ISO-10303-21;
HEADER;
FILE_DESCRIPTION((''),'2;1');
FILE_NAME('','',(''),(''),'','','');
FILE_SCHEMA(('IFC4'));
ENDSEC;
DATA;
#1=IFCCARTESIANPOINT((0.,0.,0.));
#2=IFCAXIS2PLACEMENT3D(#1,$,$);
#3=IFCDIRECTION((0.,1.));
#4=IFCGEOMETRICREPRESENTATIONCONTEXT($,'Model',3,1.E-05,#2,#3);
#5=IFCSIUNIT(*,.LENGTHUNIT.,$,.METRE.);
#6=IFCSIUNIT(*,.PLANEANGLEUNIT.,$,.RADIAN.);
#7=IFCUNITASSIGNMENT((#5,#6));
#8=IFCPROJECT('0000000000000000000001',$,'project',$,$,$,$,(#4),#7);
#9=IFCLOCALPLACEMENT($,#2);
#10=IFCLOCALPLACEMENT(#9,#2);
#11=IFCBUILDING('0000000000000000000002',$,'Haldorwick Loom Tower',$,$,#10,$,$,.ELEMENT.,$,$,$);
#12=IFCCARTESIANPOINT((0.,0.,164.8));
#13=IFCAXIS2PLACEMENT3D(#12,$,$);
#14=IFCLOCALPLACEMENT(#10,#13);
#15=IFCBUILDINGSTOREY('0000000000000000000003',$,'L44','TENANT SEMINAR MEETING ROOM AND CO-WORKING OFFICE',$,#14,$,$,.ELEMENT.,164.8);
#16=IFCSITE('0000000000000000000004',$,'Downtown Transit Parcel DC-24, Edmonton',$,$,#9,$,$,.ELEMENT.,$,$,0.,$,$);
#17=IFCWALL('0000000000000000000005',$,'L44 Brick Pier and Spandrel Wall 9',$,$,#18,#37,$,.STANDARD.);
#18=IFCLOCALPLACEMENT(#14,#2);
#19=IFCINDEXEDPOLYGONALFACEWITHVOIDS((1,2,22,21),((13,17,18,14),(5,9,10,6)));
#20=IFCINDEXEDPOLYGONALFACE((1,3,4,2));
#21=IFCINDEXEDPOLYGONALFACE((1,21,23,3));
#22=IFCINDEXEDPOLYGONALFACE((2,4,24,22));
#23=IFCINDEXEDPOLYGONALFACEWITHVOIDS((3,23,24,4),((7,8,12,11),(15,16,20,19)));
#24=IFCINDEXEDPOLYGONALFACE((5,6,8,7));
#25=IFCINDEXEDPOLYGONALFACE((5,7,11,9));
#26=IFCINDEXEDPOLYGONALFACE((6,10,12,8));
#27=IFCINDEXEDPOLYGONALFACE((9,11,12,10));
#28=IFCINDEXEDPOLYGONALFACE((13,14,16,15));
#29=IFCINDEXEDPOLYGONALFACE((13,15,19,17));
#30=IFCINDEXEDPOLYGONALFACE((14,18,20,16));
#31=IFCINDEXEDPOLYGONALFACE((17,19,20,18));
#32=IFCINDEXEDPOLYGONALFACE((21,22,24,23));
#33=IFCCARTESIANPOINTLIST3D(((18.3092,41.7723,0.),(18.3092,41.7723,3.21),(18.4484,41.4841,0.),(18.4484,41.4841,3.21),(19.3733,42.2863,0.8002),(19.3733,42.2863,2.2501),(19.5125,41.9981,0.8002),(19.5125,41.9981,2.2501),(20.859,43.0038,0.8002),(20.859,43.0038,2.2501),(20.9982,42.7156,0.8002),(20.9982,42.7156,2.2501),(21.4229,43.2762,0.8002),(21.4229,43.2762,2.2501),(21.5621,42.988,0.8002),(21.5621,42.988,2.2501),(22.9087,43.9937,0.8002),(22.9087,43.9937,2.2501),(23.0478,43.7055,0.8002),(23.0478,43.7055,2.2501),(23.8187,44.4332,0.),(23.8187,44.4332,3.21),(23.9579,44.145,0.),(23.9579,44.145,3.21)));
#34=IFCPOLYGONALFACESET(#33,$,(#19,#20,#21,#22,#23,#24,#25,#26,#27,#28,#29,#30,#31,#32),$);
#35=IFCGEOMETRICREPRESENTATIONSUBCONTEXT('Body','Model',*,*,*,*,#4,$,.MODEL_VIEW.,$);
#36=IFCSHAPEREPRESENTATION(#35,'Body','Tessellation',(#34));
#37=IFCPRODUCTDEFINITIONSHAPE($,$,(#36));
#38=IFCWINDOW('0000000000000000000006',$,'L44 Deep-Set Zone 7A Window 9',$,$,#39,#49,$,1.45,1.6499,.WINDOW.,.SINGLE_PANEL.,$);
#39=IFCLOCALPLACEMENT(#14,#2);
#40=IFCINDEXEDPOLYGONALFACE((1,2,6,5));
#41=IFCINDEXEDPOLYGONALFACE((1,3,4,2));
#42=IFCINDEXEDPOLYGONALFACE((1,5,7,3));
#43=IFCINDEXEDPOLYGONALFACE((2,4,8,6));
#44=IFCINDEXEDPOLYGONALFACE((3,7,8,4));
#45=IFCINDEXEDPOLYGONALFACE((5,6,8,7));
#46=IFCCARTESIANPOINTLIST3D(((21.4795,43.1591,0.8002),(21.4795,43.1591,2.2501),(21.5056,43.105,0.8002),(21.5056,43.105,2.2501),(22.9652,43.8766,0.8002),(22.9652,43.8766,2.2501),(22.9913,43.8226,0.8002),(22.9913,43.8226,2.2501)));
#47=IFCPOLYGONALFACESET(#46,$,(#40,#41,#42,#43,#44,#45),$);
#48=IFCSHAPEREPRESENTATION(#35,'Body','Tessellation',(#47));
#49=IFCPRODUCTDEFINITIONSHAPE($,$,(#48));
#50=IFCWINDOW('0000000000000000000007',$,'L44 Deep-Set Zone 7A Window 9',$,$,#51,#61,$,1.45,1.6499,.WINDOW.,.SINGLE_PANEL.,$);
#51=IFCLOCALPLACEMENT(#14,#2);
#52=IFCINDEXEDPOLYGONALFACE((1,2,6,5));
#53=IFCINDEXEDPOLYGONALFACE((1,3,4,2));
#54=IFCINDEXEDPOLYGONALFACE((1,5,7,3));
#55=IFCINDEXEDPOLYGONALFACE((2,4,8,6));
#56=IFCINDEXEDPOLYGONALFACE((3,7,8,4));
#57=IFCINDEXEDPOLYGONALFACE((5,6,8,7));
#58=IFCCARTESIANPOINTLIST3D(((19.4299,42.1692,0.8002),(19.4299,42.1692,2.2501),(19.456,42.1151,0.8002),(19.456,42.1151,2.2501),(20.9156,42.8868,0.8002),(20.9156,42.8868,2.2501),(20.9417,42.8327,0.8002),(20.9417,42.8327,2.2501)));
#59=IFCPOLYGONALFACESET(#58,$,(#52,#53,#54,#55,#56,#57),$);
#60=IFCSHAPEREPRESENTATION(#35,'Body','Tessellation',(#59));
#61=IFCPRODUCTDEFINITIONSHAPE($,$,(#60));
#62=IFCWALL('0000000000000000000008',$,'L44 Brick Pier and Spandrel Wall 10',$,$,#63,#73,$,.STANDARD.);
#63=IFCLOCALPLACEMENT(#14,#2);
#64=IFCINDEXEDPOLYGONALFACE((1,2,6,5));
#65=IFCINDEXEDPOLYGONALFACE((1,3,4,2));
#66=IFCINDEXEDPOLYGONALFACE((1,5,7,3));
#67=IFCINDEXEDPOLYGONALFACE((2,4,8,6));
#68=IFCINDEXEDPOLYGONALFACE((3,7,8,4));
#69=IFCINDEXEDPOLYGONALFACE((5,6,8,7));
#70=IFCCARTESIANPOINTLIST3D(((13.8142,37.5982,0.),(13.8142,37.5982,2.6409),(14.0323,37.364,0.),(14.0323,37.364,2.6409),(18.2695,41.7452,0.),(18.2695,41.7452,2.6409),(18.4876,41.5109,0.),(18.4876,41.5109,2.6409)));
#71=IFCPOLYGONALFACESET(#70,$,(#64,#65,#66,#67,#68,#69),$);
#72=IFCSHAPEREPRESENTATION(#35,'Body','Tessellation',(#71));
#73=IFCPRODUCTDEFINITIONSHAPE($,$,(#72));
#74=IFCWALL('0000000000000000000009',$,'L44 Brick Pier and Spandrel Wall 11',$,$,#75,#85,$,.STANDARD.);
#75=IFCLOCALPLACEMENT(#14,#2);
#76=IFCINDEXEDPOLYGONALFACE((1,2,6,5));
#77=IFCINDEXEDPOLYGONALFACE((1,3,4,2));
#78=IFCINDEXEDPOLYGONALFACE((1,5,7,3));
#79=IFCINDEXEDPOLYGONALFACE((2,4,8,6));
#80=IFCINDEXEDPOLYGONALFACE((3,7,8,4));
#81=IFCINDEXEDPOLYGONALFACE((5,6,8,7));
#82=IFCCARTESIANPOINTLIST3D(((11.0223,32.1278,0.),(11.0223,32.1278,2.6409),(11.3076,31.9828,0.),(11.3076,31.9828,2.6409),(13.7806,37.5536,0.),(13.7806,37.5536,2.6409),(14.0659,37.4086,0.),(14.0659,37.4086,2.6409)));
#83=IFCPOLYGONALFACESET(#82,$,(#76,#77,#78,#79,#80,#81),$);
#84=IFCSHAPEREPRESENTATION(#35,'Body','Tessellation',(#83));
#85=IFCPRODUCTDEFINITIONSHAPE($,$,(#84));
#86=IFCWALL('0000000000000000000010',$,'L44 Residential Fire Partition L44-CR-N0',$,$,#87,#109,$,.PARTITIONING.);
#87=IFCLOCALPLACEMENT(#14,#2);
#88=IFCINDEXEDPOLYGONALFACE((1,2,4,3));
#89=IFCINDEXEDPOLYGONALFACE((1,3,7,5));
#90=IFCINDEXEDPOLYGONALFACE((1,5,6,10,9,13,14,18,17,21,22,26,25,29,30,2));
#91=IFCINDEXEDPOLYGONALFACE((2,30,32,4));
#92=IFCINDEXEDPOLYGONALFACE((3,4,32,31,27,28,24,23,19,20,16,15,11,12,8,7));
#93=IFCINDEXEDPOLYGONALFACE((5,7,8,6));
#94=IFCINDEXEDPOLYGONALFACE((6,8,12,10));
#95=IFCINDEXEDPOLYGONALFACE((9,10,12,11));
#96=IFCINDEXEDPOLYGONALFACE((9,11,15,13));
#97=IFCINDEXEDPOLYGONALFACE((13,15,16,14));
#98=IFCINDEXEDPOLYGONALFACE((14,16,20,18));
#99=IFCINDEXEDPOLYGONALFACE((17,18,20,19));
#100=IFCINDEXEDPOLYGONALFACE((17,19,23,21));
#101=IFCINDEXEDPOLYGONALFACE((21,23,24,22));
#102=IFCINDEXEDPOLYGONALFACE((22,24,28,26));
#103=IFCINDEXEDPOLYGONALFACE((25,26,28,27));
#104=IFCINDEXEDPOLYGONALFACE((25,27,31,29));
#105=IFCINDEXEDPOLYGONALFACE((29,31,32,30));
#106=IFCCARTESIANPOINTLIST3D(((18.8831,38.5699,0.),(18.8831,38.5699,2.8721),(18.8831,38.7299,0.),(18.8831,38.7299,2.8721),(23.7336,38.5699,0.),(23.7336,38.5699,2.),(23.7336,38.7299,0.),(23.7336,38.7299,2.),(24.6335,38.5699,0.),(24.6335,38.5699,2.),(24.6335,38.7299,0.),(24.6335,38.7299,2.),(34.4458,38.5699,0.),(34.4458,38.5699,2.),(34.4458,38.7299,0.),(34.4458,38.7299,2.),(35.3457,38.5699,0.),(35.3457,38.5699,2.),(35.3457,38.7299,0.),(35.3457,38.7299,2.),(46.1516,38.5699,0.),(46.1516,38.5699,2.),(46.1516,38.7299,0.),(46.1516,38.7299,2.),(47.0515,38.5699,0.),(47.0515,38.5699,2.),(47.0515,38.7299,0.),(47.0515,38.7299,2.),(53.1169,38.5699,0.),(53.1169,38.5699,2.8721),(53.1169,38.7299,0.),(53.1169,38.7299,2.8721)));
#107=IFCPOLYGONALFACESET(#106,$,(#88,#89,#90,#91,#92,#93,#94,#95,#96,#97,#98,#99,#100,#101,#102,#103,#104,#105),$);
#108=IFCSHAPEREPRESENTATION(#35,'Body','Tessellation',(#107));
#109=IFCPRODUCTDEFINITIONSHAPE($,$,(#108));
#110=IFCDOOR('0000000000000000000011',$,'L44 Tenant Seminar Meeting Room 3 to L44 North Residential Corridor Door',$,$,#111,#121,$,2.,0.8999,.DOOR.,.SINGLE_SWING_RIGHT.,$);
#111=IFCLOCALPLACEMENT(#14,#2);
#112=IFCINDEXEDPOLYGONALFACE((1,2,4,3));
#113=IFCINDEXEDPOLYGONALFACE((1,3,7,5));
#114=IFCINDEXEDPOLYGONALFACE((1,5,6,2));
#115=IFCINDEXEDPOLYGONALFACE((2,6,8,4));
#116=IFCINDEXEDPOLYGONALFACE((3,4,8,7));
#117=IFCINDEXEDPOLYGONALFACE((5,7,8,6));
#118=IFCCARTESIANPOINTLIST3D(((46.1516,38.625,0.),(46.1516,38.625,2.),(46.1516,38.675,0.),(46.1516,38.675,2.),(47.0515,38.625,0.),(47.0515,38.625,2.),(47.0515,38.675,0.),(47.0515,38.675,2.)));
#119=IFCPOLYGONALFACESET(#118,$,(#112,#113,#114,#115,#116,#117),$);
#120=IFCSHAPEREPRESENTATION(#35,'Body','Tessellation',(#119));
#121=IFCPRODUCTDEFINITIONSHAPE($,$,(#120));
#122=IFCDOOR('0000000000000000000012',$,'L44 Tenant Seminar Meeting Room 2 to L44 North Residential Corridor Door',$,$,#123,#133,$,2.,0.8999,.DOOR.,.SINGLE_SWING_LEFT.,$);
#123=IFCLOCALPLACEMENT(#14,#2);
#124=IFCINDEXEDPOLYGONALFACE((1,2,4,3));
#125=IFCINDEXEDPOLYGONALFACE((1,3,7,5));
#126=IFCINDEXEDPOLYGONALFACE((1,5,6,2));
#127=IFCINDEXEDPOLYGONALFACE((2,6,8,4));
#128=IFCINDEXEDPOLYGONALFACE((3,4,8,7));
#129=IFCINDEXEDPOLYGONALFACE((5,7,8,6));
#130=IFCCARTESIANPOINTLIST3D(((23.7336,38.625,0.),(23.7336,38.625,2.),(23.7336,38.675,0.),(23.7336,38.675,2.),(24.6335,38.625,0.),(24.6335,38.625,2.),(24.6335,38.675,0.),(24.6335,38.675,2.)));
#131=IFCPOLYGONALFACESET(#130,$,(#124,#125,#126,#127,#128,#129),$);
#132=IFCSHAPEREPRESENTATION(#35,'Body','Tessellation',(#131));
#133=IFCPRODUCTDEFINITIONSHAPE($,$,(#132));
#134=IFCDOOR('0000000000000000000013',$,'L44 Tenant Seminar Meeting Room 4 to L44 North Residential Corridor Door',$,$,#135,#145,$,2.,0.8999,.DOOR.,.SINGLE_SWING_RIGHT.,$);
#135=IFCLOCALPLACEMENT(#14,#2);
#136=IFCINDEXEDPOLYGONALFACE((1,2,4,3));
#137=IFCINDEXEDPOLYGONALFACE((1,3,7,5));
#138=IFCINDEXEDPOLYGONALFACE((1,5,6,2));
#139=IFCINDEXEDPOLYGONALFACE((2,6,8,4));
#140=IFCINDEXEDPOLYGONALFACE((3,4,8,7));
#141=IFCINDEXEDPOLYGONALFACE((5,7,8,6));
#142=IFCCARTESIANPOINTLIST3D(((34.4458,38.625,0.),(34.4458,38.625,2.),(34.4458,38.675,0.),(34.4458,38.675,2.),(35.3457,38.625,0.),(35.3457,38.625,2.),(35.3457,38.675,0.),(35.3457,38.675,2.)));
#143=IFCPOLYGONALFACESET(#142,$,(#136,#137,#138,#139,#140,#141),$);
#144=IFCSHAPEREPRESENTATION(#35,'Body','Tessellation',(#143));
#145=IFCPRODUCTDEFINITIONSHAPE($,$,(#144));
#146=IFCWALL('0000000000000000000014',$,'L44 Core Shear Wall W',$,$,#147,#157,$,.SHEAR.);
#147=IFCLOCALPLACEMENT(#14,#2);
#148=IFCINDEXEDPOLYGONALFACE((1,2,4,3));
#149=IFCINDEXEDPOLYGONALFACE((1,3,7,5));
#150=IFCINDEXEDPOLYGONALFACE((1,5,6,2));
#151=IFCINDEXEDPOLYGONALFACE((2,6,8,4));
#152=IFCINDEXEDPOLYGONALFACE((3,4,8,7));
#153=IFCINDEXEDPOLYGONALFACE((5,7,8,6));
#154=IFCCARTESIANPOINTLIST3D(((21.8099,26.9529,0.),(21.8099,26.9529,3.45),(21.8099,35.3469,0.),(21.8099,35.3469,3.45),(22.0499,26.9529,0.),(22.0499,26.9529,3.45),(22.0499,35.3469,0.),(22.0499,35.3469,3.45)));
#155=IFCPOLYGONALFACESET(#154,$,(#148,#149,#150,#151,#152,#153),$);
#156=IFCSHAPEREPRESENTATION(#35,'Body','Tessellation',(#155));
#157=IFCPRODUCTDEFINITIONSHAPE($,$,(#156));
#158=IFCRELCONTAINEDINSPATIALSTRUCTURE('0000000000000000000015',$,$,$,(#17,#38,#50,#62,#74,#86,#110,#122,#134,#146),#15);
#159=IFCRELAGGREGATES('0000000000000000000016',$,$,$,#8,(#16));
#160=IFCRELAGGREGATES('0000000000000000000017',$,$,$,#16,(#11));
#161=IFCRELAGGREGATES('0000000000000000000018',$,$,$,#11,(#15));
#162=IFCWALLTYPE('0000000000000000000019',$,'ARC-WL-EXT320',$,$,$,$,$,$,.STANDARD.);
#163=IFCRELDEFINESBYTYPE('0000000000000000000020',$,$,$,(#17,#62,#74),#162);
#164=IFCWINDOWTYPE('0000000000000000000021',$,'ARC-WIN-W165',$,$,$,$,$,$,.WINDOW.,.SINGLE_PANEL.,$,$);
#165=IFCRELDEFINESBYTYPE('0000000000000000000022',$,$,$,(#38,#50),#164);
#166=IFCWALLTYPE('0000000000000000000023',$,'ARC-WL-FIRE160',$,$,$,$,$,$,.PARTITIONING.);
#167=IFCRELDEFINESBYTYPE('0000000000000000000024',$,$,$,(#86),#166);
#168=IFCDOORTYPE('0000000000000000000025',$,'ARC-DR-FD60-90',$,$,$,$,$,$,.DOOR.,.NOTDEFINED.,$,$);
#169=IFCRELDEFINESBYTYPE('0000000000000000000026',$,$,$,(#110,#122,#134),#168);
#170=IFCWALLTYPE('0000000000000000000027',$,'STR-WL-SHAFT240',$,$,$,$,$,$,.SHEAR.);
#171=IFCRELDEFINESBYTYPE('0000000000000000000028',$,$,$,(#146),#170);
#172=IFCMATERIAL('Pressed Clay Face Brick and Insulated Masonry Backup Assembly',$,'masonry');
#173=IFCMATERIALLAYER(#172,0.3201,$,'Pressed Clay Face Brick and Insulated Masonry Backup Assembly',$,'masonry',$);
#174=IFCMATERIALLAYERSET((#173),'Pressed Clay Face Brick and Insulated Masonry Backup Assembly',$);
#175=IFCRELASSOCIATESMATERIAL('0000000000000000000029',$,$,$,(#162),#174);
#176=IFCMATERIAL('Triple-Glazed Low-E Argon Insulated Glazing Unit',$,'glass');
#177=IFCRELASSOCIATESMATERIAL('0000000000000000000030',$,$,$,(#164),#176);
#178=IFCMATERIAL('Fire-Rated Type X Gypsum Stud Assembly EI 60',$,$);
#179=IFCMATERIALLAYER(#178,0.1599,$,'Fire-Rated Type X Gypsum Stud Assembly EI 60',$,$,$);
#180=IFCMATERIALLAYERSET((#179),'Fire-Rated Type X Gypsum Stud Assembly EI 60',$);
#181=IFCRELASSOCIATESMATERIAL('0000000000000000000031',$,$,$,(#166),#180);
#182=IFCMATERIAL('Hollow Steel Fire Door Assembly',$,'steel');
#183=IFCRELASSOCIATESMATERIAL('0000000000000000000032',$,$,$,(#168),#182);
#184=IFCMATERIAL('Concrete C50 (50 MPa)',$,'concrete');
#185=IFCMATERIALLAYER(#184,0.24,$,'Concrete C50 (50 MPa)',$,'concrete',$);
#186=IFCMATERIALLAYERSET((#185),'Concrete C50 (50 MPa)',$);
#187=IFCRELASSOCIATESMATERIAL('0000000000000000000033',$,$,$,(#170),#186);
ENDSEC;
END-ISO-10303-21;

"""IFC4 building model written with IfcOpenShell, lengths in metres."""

from ifc_helpers import new_model, si_unit, direction, frame, frame_2d, origin, place, context, subcontext, project, spatial, rectangle, extrude, material, layer, layer_set, type_object, element, fill, save


model = new_model("IFC4")

# Units and contexts
model_context = context("Model", 3, precision=1e-05, world=origin(), true_north=direction((0.0, 1.0)))
body_context = subcontext(model_context, "Body", "Model", "MODEL_VIEW")
ifc_project = project(units=[si_unit("LENGTHUNIT", "METRE"), si_unit("PLANEANGLEUNIT", "RADIAN")], contexts=[model_context])

# Site, building, storey
site_placement = place(None, origin())
site = spatial("IfcSite", under=ifc_project, at=site_placement, Name="Downtown Transit Parcel DC-24, Edmonton", CompositionType="ELEMENT", RefElevation=0.0)
building_placement = place(site_placement, origin())
building = spatial("IfcBuilding", under=site, at=building_placement, Name="Haldorwick Loom Tower", CompositionType="ELEMENT")
storey_placement = place(building_placement, frame((0.0, 0.0, 164.8)))
storey = spatial("IfcBuildingStorey", under=building, at=storey_placement, Name="L44", Description="TENANT SEMINAR MEETING ROOM AND CO-WORKING OFFICE", CompositionType="ELEMENT", Elevation=164.8)

# Wall, openings, windows
ifc_material_1 = material(Name="Pressed Clay Face Brick and Insulated Masonry Backup Assembly", Category="masonry")
ifc_layer_1 = layer(ifc_material_1, 0.3201, Name="Pressed Clay Face Brick and Insulated Masonry Backup Assembly", Category="masonry")
ifc_layer_set_1 = layer_set([ifc_layer_1], Name="Pressed Clay Face Brick and Insulated Masonry Backup Assembly")
wall_type_1 = type_object("IfcWallType", Name="ARC-WL-EXT320", PredefinedType="STANDARD", material=ifc_layer_set_1)
wall_1_placement = place(storey_placement, frame((23.8882, 44.2891, 0.0), z_axis=(0.0, 0.0, 1.0), x_axis=(-0.90048, -0.434897, 0.0)))
wall_1 = element("IfcWall", 1, at=wall_1_placement, inside=storey, type_object=wall_type_1, Name="L44 Brick Pier and Spandrel Wall 9", PredefinedType="STANDARD", context=body_context, shape_type="SweptSolid", body=[
    extrude(rectangle(XDim=6.1184, YDim=0.3201, at=frame_2d((3.0591, 0.0))), origin(), (0.0, 0.0, 1.0), 3.21),
])
opening_1_placement = place(wall_1_placement, frame((1.0105, 0.0, 0.8)))
opening_1 = element("IfcOpeningElement", 2, at=opening_1_placement, cuts=wall_1, PredefinedType="OPENING", context=body_context, shape_type="SweptSolid", body=[
    extrude(rectangle(XDim=1.6499, YDim=1.45, at=frame_2d((0.825, 0.7251))), frame((0.0, 0.1699, 0.0), z_axis=(0.0, -1.0, 0.0), x_axis=(1.0, 0.0, 0.0)), (0.0, 0.0, 1.0), 0.3401),
])
opening_2_placement = place(wall_1_placement, frame((3.2866, 0.0, 0.8)))
opening_2 = element("IfcOpeningElement", 3, at=opening_2_placement, cuts=wall_1, PredefinedType="OPENING", context=body_context, shape_type="SweptSolid", body=[
    extrude(rectangle(XDim=1.6499, YDim=1.45, at=frame_2d((0.825, 0.7251))), frame((0.0, 0.1699, 0.0), z_axis=(0.0, -1.0, 0.0), x_axis=(1.0, 0.0, 0.0)), (0.0, 0.0, 1.0), 0.3401),
])
ifc_material_2 = material(Name="Triple-Glazed Low-E Argon Insulated Glazing Unit", Category="glass")
window_type = type_object("IfcWindowType", Name="ARC-WIN-W165", PartitioningType="SINGLE_PANEL", PredefinedType="WINDOW", material=ifc_material_2)
window_1_placement = place(opening_1_placement, origin())
window_1 = element("IfcWindow", 4, at=window_1_placement, inside=storey, type_object=window_type, Name="L44 Deep-Set Zone 7A Window 9", OverallHeight=1.45, OverallWidth=1.6499, PartitioningType="SINGLE_PANEL", PredefinedType="WINDOW", context=body_context, shape_type="SweptSolid", body=[
    extrude(rectangle(XDim=1.6499, YDim=1.45, at=frame_2d((0.825, 0.7251))), frame((0.0, 0.03, 0.0), z_axis=(0.0, -1.0, 0.0), x_axis=(1.0, 0.0, 0.0)), (0.0, 0.0, 1.0), 0.0601),
])
fill(opening_1, window_1)
window_2_placement = place(opening_2_placement, origin())
window_2 = element("IfcWindow", 5, at=window_2_placement, inside=storey, type_object=window_type, Name="L44 Deep-Set Zone 7A Window 9", OverallHeight=1.45, OverallWidth=1.6499, PartitioningType="SINGLE_PANEL", PredefinedType="WINDOW", context=body_context, shape_type="SweptSolid", body=[
    extrude(rectangle(XDim=1.6499, YDim=1.45, at=frame_2d((0.825, 0.7251))), frame((0.0, 0.03, 0.0), z_axis=(0.0, -1.0, 0.0), x_axis=(1.0, 0.0, 0.0)), (0.0, 0.0, 1.0), 0.0601),
])
fill(opening_2, window_2)

# Walls
for number, where, z_axis, x_axis, name in (
    (6, (18.3787, 41.6282, 0.0), (0.0, 0.0, 1.0), (-0.731983, -0.681323, 0.0), "L44 Brick Pier and Spandrel Wall 10"),
    (7, (13.9233, 37.4812, 0.0), (0.0, 0.0, 1.0), (-0.453172, -0.891423, 0.0), "L44 Brick Pier and Spandrel Wall 11"),
):
    element("IfcWall", number, at=place(storey_placement, frame(where, z_axis=z_axis, x_axis=x_axis)), inside=storey, type_object=wall_type_1, Name=name, PredefinedType="STANDARD", context=body_context, shape_type="SweptSolid", body=[
        extrude(rectangle(XDim=6.0867, YDim=0.3201, at=frame_2d((3.0435, 0.0))), origin(), (0.0, 0.0, 1.0), 2.6409),
    ])

# Wall, openings, doors
ifc_material_3 = material(Name="Fire-Rated Type X Gypsum Stud Assembly EI 60")
ifc_layer_2 = layer(ifc_material_3, 0.1599, Name="Fire-Rated Type X Gypsum Stud Assembly EI 60")
ifc_layer_set_2 = layer_set([ifc_layer_2], Name="Fire-Rated Type X Gypsum Stud Assembly EI 60")
wall_type_2 = type_object("IfcWallType", Name="ARC-WL-FIRE160", PredefinedType="PARTITIONING", material=ifc_layer_set_2)
wall_2_placement = place(storey_placement, frame((18.8831, 38.6499, 0.0), z_axis=(0.0, 0.0, 1.0), x_axis=(1.0, 0.0, 0.0)))
wall_2 = element("IfcWall", 8, at=wall_2_placement, inside=storey, type_object=wall_type_2, Name="L44 Residential Fire Partition L44-CR-N0", PredefinedType="PARTITIONING", context=body_context, shape_type="SweptSolid", body=[
    extrude(rectangle(XDim=34.2339, YDim=0.1599, at=frame_2d((17.1169, 0.0))), origin(), (0.0, 0.0, 1.0), 2.8721),
])
opening_3_placement = place(wall_2_placement, frame((27.2686, 0.0, 0.0)))
opening_3 = element("IfcOpeningElement", 9, at=opening_3_placement, cuts=wall_2, PredefinedType="OPENING", context=body_context, shape_type="SweptSolid", body=[
    extrude(rectangle(XDim=0.8999, YDim=2.0, at=frame_2d((0.45, 1.0))), frame((0.0, 0.0898, 0.0), z_axis=(0.0, -1.0, 0.0), x_axis=(1.0, 0.0, 0.0)), (0.0, 0.0, 1.0), 0.1799),
])
opening_4_placement = place(wall_2_placement, frame((4.8506, 0.0, 0.0)))
opening_4 = element("IfcOpeningElement", 10, at=opening_4_placement, cuts=wall_2, PredefinedType="OPENING", context=body_context, shape_type="SweptSolid", body=[
    extrude(rectangle(XDim=0.8999, YDim=2.0, at=frame_2d((0.45, 1.0))), frame((0.0, 0.0898, 0.0), z_axis=(0.0, -1.0, 0.0), x_axis=(1.0, 0.0, 0.0)), (0.0, 0.0, 1.0), 0.1799),
])
opening_5_placement = place(wall_2_placement, frame((15.5627, 0.0, 0.0)))
opening_5 = element("IfcOpeningElement", 11, at=opening_5_placement, cuts=wall_2, PredefinedType="OPENING", context=body_context, shape_type="SweptSolid", body=[
    extrude(rectangle(XDim=0.8999, YDim=2.0, at=frame_2d((0.45, 1.0))), frame((0.0, 0.0898, 0.0), z_axis=(0.0, -1.0, 0.0), x_axis=(1.0, 0.0, 0.0)), (0.0, 0.0, 1.0), 0.1799),
])
ifc_material_4 = material(Name="Hollow Steel Fire Door Assembly", Category="steel")
door_type = type_object("IfcDoorType", Name="ARC-DR-FD60-90", OperationType="NOTDEFINED", PredefinedType="DOOR", material=ifc_material_4)
door_1_placement = place(opening_3_placement, frame((0.8999, 0.0, 0.0), z_axis=(0.0, 0.0, 1.0), x_axis=(-1.0, 0.0, 0.0)))
door_1 = element("IfcDoor", 12, at=door_1_placement, inside=storey, type_object=door_type, Name="L44 Tenant Seminar Meeting Room 3 to L44 North Residential Corridor Door", OperationType="SINGLE_SWING_RIGHT", OverallHeight=2.0, OverallWidth=0.8999, PredefinedType="DOOR", context=body_context, shape_type="SweptSolid", body=[
    extrude(rectangle(XDim=0.8999, YDim=2.0, at=frame_2d((0.45, 1.0))), frame((0.0, 0.0249, 0.0), z_axis=(0.0, -1.0, 0.0), x_axis=(1.0, 0.0, 0.0)), (0.0, 0.0, 1.0), 0.05),
])
fill(opening_3, door_1)
door_2_placement = place(opening_4_placement, frame((0.8999, 0.0, 0.0), z_axis=(0.0, 0.0, 1.0), x_axis=(-1.0, 0.0, 0.0)))
door_2 = element("IfcDoor", 13, at=door_2_placement, inside=storey, type_object=door_type, Name="L44 Tenant Seminar Meeting Room 2 to L44 North Residential Corridor Door", OperationType="SINGLE_SWING_LEFT", OverallHeight=2.0, OverallWidth=0.8999, PredefinedType="DOOR", context=body_context, shape_type="SweptSolid", body=[
    extrude(rectangle(XDim=0.8999, YDim=2.0, at=frame_2d((0.45, 1.0))), frame((0.0, 0.0249, 0.0), z_axis=(0.0, -1.0, 0.0), x_axis=(1.0, 0.0, 0.0)), (0.0, 0.0, 1.0), 0.05),
])
fill(opening_4, door_2)
door_3_placement = place(opening_5_placement, frame((0.8999, 0.0, 0.0), z_axis=(0.0, 0.0, 1.0), x_axis=(-1.0, 0.0, 0.0)))
door_3 = element("IfcDoor", 14, at=door_3_placement, inside=storey, type_object=door_type, Name="L44 Tenant Seminar Meeting Room 4 to L44 North Residential Corridor Door", OperationType="SINGLE_SWING_RIGHT", OverallHeight=2.0, OverallWidth=0.8999, PredefinedType="DOOR", context=body_context, shape_type="SweptSolid", body=[
    extrude(rectangle(XDim=0.8999, YDim=2.0, at=frame_2d((0.45, 1.0))), frame((0.0, 0.0249, 0.0), z_axis=(0.0, -1.0, 0.0), x_axis=(1.0, 0.0, 0.0)), (0.0, 0.0, 1.0), 0.05),
])
fill(opening_5, door_3)

# Wall
ifc_material_5 = material(Name="Concrete C50 (50 MPa)", Category="concrete")
ifc_layer_3 = layer(ifc_material_5, 0.24, Name="Concrete C50 (50 MPa)", Category="concrete")
ifc_layer_set_3 = layer_set([ifc_layer_3], Name="Concrete C50 (50 MPa)")
wall_type_3 = type_object("IfcWallType", Name="STR-WL-SHAFT240", PredefinedType="SHEAR", material=ifc_layer_set_3)
wall_3_placement = place(storey_placement, frame((21.9299, 35.3469, 0.0), z_axis=(0.0, 0.0, 1.0), x_axis=(0.0, -1.0, 0.0)))
element("IfcWall", 15, at=wall_3_placement, inside=storey, type_object=wall_type_3, Name="L44 Core Shear Wall W", PredefinedType="SHEAR", context=body_context, shape_type="SweptSolid", body=[
    extrude(rectangle(XDim=8.394, YDim=0.24, at=frame_2d((4.197, 0.0))), origin(), (0.0, 0.0, 1.0), 3.45),
])

save(model, "model.ifc")
